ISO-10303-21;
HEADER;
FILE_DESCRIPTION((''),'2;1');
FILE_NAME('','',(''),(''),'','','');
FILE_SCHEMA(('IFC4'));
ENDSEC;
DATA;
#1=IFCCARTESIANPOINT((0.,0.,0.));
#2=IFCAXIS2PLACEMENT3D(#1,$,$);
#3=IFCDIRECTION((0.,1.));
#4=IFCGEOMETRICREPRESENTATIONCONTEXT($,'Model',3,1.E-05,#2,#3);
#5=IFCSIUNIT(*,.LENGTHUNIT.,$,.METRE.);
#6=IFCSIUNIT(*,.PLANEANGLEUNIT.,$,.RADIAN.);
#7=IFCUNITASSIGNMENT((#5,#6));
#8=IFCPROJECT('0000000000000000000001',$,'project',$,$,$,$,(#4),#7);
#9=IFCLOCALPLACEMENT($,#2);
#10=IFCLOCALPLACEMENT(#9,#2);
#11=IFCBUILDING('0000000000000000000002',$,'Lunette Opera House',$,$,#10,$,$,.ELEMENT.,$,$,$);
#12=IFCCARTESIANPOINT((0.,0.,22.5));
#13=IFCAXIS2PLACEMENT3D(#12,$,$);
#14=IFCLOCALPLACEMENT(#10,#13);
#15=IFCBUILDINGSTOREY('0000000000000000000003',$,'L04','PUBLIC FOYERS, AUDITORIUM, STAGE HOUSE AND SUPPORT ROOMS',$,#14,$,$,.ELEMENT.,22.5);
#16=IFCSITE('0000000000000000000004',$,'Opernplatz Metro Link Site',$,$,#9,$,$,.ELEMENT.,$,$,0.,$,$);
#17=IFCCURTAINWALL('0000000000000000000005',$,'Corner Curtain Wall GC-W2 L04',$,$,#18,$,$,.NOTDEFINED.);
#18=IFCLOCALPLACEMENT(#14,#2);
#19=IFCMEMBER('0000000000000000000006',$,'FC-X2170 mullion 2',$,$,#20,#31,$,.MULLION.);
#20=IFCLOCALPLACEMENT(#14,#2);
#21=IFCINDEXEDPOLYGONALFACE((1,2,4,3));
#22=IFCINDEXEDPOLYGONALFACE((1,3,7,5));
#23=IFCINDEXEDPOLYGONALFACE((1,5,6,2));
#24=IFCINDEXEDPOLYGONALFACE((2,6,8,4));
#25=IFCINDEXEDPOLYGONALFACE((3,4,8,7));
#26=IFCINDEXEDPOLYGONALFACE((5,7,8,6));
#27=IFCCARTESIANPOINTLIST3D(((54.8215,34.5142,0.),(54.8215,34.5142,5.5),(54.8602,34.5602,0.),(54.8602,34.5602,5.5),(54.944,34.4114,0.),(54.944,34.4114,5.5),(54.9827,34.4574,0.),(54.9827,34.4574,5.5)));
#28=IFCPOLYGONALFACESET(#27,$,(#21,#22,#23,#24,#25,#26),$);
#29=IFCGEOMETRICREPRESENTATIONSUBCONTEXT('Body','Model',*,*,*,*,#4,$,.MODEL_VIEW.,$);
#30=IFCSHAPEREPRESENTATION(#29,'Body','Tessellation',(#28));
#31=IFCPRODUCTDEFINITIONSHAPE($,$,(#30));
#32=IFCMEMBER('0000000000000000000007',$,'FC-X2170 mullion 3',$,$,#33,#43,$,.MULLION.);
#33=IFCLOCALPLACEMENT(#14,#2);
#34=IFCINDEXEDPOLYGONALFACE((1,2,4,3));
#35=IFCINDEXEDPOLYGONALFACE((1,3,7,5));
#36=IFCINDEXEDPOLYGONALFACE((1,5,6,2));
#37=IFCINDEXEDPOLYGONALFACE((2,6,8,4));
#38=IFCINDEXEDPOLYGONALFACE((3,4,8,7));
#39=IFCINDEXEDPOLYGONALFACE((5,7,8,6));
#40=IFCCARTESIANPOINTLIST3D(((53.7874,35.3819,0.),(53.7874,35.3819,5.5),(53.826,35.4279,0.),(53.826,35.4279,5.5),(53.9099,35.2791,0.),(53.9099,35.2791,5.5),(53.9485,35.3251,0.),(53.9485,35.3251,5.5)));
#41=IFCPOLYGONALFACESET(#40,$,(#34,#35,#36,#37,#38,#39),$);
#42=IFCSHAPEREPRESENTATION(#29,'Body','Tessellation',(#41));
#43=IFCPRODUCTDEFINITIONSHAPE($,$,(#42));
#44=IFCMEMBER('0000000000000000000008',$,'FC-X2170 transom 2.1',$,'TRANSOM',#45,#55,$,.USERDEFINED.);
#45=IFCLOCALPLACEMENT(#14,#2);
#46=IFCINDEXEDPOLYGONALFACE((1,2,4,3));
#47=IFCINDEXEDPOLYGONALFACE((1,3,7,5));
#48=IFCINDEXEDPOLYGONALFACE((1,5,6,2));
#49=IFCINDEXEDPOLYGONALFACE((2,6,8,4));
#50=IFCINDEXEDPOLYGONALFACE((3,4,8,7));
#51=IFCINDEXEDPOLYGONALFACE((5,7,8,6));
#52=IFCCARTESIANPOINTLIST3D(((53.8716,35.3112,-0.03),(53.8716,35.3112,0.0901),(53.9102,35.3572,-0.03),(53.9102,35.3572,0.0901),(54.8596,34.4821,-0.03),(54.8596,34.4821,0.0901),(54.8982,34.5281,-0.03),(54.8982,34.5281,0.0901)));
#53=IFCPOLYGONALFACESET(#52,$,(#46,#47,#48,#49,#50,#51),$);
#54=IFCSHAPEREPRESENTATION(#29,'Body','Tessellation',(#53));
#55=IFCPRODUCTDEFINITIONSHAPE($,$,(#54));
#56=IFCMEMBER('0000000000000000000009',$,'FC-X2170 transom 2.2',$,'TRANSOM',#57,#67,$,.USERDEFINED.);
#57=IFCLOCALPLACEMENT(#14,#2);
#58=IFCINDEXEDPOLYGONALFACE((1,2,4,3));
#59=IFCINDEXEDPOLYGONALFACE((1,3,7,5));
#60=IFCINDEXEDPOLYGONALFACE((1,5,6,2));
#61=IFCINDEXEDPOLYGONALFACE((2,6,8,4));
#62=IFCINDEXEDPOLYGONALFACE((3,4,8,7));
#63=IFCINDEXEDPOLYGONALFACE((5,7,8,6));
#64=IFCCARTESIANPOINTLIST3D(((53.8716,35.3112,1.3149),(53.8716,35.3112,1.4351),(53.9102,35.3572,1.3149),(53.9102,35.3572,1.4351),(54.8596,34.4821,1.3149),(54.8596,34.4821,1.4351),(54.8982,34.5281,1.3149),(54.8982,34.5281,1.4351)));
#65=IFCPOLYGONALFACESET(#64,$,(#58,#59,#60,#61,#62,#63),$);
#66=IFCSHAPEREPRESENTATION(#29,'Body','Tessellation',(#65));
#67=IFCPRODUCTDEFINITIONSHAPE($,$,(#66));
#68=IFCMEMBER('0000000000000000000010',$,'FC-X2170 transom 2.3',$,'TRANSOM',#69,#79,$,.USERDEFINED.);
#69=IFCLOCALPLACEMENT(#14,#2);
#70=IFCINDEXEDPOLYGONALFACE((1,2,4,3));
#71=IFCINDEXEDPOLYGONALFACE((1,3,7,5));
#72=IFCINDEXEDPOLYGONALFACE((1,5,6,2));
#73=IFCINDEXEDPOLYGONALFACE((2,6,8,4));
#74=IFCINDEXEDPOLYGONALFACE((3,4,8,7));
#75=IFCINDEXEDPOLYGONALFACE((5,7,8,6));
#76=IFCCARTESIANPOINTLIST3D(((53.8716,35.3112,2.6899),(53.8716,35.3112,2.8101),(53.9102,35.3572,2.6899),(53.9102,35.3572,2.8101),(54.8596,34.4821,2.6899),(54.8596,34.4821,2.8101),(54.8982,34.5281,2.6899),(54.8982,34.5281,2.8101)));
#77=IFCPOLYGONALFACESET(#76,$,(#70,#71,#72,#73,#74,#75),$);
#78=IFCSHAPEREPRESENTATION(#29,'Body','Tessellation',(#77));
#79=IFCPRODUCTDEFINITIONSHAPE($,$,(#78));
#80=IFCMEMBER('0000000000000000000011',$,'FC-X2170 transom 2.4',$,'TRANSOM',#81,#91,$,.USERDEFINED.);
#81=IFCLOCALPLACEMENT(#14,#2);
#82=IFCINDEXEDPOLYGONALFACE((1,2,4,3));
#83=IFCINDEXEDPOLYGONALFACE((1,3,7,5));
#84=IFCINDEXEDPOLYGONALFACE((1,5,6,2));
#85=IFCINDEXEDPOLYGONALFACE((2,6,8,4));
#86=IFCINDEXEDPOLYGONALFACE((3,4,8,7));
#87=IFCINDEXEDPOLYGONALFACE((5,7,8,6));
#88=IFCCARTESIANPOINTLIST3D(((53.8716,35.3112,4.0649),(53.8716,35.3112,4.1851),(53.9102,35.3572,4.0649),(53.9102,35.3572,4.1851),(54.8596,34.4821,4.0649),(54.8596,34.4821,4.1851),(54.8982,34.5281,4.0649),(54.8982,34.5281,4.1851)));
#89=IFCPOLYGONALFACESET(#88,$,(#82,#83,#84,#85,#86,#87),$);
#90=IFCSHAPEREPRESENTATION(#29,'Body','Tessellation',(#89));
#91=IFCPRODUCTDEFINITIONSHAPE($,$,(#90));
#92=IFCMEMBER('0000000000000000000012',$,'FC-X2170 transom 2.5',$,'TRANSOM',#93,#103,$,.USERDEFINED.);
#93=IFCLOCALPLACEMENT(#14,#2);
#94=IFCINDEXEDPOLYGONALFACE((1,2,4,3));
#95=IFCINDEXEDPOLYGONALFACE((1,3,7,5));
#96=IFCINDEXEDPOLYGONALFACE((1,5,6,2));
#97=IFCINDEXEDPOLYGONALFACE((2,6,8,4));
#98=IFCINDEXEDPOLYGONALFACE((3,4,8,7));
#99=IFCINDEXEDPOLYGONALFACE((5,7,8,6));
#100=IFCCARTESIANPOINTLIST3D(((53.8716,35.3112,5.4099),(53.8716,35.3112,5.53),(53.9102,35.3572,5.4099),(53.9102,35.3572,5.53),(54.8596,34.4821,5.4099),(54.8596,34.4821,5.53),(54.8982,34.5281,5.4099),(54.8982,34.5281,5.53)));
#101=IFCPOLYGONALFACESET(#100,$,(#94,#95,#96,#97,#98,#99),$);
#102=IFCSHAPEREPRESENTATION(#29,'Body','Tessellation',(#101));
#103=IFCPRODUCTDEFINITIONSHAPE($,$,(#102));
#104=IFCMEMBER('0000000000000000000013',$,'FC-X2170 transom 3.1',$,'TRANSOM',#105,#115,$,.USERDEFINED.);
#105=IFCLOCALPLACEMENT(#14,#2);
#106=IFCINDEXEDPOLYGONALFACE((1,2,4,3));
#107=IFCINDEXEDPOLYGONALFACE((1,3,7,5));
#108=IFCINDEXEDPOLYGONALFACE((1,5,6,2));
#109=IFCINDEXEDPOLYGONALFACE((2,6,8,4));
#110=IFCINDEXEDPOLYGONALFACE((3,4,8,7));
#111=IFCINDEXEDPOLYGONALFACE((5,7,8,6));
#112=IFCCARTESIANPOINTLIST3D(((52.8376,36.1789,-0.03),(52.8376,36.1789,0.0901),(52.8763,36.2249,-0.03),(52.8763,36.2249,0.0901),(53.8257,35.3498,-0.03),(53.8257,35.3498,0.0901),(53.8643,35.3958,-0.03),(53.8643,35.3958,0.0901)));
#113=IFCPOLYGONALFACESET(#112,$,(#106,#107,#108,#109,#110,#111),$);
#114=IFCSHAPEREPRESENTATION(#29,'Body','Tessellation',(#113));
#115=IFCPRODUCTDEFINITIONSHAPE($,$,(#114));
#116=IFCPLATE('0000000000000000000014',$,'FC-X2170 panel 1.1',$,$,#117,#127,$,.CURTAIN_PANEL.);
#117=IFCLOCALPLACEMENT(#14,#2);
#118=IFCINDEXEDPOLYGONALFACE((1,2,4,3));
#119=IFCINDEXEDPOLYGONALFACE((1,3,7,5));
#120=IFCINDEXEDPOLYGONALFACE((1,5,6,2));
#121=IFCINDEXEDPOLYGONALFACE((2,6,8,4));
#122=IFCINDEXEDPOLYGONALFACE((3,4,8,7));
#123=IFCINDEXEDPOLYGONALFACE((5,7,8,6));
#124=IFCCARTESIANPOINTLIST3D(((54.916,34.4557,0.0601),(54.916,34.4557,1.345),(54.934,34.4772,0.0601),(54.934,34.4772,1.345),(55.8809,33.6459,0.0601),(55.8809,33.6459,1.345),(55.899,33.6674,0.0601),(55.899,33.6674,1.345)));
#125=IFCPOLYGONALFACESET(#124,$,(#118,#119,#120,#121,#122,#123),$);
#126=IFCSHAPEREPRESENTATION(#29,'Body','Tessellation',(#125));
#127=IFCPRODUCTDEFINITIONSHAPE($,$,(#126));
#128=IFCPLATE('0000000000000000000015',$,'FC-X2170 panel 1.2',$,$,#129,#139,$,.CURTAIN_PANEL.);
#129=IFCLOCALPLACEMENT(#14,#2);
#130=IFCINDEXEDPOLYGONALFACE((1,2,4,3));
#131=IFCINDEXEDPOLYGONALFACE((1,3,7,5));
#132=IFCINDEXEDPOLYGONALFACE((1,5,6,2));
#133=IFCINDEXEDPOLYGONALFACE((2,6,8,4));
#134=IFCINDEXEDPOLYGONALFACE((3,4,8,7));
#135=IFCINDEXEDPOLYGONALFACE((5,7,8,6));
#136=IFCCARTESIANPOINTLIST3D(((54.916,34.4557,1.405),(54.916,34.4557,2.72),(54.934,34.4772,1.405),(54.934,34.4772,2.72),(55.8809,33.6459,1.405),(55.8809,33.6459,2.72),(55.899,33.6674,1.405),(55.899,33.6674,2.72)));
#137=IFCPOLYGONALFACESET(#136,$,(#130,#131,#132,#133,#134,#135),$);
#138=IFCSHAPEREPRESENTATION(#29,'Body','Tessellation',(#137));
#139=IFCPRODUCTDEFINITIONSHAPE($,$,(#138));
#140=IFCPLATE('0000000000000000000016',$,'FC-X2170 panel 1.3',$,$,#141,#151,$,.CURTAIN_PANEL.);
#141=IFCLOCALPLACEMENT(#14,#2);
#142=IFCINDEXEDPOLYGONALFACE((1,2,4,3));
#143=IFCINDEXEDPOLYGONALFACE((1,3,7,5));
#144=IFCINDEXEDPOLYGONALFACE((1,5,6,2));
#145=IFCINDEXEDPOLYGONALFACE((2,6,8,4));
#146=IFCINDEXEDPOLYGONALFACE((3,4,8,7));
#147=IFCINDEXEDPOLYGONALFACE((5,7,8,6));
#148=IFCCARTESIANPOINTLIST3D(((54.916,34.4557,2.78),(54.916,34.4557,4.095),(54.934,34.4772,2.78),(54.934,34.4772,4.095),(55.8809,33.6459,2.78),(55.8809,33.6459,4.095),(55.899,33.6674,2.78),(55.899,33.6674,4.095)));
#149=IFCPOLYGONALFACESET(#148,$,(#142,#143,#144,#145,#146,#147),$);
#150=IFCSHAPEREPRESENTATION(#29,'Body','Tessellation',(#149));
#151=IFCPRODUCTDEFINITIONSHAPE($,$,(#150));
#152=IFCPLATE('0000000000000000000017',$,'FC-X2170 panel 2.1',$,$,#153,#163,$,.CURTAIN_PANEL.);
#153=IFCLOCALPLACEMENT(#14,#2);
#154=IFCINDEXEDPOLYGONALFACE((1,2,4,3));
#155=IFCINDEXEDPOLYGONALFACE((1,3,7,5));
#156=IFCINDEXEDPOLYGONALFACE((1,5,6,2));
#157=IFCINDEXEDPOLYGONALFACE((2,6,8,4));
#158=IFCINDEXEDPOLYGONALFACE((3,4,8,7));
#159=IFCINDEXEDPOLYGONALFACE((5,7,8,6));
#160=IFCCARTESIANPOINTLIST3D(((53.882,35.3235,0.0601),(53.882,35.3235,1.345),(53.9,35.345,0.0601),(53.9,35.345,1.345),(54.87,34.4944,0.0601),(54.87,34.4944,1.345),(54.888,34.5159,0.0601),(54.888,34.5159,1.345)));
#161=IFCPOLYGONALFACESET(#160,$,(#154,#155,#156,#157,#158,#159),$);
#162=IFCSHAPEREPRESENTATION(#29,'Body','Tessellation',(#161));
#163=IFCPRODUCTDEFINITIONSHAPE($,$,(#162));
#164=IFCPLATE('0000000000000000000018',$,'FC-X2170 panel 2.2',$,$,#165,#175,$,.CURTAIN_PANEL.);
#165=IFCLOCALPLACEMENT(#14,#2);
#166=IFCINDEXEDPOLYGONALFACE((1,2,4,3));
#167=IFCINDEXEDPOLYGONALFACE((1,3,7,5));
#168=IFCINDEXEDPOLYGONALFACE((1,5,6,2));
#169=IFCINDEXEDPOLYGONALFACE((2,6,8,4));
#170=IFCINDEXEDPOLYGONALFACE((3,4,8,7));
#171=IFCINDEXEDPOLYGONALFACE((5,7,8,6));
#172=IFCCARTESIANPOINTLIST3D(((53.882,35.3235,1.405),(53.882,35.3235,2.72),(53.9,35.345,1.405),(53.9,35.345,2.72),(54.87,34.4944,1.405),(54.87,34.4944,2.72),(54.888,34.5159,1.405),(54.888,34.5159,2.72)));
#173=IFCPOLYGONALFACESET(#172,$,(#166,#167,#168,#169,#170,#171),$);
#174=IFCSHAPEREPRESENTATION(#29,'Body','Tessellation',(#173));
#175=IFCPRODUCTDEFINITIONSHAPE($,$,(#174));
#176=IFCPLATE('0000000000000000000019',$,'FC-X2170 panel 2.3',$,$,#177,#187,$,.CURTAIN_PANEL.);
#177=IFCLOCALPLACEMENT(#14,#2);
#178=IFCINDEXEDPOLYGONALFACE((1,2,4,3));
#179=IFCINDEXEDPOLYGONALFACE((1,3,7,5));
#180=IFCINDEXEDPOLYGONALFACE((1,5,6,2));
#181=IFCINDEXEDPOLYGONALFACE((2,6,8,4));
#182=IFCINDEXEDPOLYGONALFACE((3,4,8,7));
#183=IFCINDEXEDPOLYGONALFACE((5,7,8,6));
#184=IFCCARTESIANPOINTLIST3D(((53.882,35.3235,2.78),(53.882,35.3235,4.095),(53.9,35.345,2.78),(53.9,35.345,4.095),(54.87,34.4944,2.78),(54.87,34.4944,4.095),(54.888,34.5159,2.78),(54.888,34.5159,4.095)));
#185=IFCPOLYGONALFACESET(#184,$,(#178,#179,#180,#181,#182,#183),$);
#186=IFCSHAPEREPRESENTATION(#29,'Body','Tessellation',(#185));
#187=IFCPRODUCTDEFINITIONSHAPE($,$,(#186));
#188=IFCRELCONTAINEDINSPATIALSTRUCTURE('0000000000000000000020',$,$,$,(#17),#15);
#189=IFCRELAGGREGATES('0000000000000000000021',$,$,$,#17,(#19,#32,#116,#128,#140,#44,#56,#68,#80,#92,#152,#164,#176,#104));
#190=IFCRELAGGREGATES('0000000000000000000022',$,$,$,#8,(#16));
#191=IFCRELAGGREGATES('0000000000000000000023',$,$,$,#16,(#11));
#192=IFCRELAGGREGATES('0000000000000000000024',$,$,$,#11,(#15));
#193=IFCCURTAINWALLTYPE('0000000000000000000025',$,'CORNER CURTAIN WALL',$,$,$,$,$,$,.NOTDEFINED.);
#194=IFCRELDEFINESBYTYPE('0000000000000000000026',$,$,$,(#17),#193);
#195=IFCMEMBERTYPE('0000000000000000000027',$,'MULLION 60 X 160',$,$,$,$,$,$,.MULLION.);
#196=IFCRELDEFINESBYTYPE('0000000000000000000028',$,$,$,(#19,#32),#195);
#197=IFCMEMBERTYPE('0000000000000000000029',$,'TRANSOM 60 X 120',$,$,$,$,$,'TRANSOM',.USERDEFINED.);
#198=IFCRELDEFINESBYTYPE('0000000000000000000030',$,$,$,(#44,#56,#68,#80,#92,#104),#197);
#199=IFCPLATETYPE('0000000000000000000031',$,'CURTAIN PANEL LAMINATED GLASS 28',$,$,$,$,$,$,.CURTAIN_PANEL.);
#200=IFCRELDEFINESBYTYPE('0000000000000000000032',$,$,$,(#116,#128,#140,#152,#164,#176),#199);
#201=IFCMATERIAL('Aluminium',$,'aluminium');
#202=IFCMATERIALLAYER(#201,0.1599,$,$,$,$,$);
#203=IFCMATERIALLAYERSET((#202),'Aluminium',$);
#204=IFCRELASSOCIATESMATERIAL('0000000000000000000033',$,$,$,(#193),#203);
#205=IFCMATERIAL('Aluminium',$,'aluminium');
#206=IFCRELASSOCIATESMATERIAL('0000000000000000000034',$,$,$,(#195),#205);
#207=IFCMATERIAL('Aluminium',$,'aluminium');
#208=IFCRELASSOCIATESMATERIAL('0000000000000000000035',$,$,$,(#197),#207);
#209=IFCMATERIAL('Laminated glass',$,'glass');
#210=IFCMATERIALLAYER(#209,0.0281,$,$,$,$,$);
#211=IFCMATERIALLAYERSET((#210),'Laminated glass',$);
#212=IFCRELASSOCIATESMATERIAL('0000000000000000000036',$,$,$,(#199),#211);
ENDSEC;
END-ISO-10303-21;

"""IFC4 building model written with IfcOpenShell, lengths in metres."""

from ifc_helpers import new_model, si_unit, direction, frame, origin, origin_2d, place, context, subcontext, project, spatial, rectangle, extrude, material, layer, layer_set, material_profile, profile_set, type_object, element, aggregate, save


model = new_model("IFC4")

# Units and contexts
model_context = context("Model", 3, precision=1e-05, world=origin(), true_north=direction((0.0, 1.0)))
body_context = subcontext(model_context, "Body", "Model", "MODEL_VIEW")
ifc_project = project(units=[si_unit("LENGTHUNIT", "METRE"), si_unit("PLANEANGLEUNIT", "RADIAN")], contexts=[model_context])

# Site, building, storey
site_placement = place(None, origin())
site = spatial("IfcSite", under=ifc_project, at=site_placement, Name="Opernplatz Metro Link Site", CompositionType="ELEMENT", RefElevation=0.0)
building_placement = place(site_placement, origin())
building = spatial("IfcBuilding", under=site, at=building_placement, Name="Lunette Opera House", CompositionType="ELEMENT")
storey_placement = place(building_placement, frame((0.0, 0.0, 22.5)))
storey = spatial("IfcBuildingStorey", under=building, at=storey_placement, Name="L04", Description="PUBLIC FOYERS, AUDITORIUM, STAGE HOUSE AND SUPPORT ROOMS", CompositionType="ELEMENT", Elevation=22.5)

# Curtain wall, members, plates
ifc_material_1 = material(Name="Aluminium", Category="aluminium")
ifc_layer_1 = layer(ifc_material_1, 0.1599)
ifc_layer_set_1 = layer_set([ifc_layer_1], Name="Aluminium")
curtain_wall_type = type_object("IfcCurtainWallType", Name="CORNER CURTAIN WALL", PredefinedType="NOTDEFINED", material=ifc_layer_set_1)
curtain_wall_placement = place(storey_placement, origin())
curtain_wall = element("IfcCurtainWall", 1, at=curtain_wall_placement, inside=storey, type_object=curtain_wall_type, Name="Corner Curtain Wall GC-W2 L04", PredefinedType="NOTDEFINED")
ifc_material_2 = material(Name="Aluminium", Category="aluminium")
ifc_material_profile_1 = material_profile(ifc_material_2, rectangle(XDim=0.0601, YDim=0.1599, at=origin_2d()), Name="MULLION 60 X 160")
ifc_profile_set_1 = profile_set([ifc_material_profile_1], Name="Aluminium")
member_type_1 = type_object("IfcMemberType", Name="MULLION 60 X 160", PredefinedType="MULLION", material=ifc_profile_set_1)
member_1_placement = place(storey_placement, frame((54.9021, 34.4858, 0.0), z_axis=(0.0, 0.0, 1.0), x_axis=(-0.64284, -0.766, 0.0)))
member_1 = element("IfcMember", 2, at=member_1_placement, type_object=member_type_1, Name="FC-X2170 mullion 2", PredefinedType="MULLION", context=body_context, shape_type="SweptSolid", body=[
    extrude(rectangle(XDim=0.0601, YDim=0.1599, at=origin_2d()), origin(), (0.0, 0.0, 1.0), 5.5),
])
member_2_placement = place(storey_placement, frame((53.8679, 35.3535, 0.0), z_axis=(0.0, 0.0, 1.0), x_axis=(-0.64284, -0.766, 0.0)))
member_2 = element("IfcMember", 3, at=member_2_placement, type_object=member_type_1, Name="FC-X2170 mullion 3", PredefinedType="MULLION", context=body_context, shape_type="SweptSolid", body=[
    extrude(rectangle(XDim=0.0601, YDim=0.1599, at=origin_2d()), origin(), (0.0, 0.0, 1.0), 5.5),
])
ifc_material_3 = material(Name="Aluminium", Category="aluminium")
ifc_material_profile_2 = material_profile(ifc_material_3, rectangle(XDim=0.0601, YDim=0.1201, at=origin_2d()), Name="TRANSOM 60 X 120")
ifc_profile_set_2 = profile_set([ifc_material_profile_2], Name="Aluminium")
member_type_2 = type_object("IfcMemberType", Name="TRANSOM 60 X 120", ElementType="TRANSOM", PredefinedType="USERDEFINED", material=ifc_profile_set_2)
member_3_placement = place(storey_placement, frame((54.8789, 34.5051, 0.03), z_axis=(-0.766029, 0.642806, 0.0), x_axis=(-0.642806, -0.766029, 0.0)))
member_3 = element("IfcMember", 4, at=member_3_placement, type_object=member_type_2, Name="FC-X2170 transom 2.1", ObjectType="TRANSOM", PredefinedType="USERDEFINED", context=body_context, shape_type="SweptSolid", body=[
    extrude(rectangle(XDim=0.0601, YDim=0.1201, at=origin_2d()), origin(), (0.0, 0.0, 1.0), 1.2898),
])
member_4_placement = place(storey_placement, frame((54.8789, 34.5051, 1.375), z_axis=(-0.766029, 0.642806, 0.0), x_axis=(-0.642806, -0.766029, 0.0)))
member_4 = element("IfcMember", 5, at=member_4_placement, type_object=member_type_2, Name="FC-X2170 transom 2.2", ObjectType="TRANSOM", PredefinedType="USERDEFINED", context=body_context, shape_type="SweptSolid", body=[
    extrude(rectangle(XDim=0.0601, YDim=0.1201, at=origin_2d()), origin(), (0.0, 0.0, 1.0), 1.2898),
])
member_5_placement = place(storey_placement, frame((54.8789, 34.5051, 2.75), z_axis=(-0.766029, 0.642806, 0.0), x_axis=(-0.642806, -0.766029, 0.0)))
member_5 = element("IfcMember", 6, at=member_5_placement, type_object=member_type_2, Name="FC-X2170 transom 2.3", ObjectType="TRANSOM", PredefinedType="USERDEFINED", context=body_context, shape_type="SweptSolid", body=[
    extrude(rectangle(XDim=0.0601, YDim=0.1201, at=origin_2d()), origin(), (0.0, 0.0, 1.0), 1.2898),
])
member_6_placement = place(storey_placement, frame((54.8789, 34.5051, 4.125), z_axis=(-0.766029, 0.642806, 0.0), x_axis=(-0.642806, -0.766029, 0.0)))
member_6 = element("IfcMember", 7, at=member_6_placement, type_object=member_type_2, Name="FC-X2170 transom 2.4", ObjectType="TRANSOM", PredefinedType="USERDEFINED", context=body_context, shape_type="SweptSolid", body=[
    extrude(rectangle(XDim=0.0601, YDim=0.1201, at=origin_2d()), origin(), (0.0, 0.0, 1.0), 1.2898),
])
member_7_placement = place(storey_placement, frame((54.8789, 34.5051, 5.47), z_axis=(-0.766029, 0.642806, 0.0), x_axis=(-0.642806, -0.766029, 0.0)))
member_7 = element("IfcMember", 8, at=member_7_placement, type_object=member_type_2, Name="FC-X2170 transom 2.5", ObjectType="TRANSOM", PredefinedType="USERDEFINED", context=body_context, shape_type="SweptSolid", body=[
    extrude(rectangle(XDim=0.0601, YDim=0.1201, at=origin_2d()), origin(), (0.0, 0.0, 1.0), 1.2898),
])
member_8_placement = place(storey_placement, frame((53.845, 35.3728, 0.03), z_axis=(-0.766029, 0.642806, 0.0), x_axis=(-0.642806, -0.766029, 0.0)))
member_8 = element("IfcMember", 9, at=member_8_placement, type_object=member_type_2, Name="FC-X2170 transom 3.1", ObjectType="TRANSOM", PredefinedType="USERDEFINED", context=body_context, shape_type="SweptSolid", body=[
    extrude(rectangle(XDim=0.0601, YDim=0.1201, at=origin_2d()), origin(), (0.0, 0.0, 1.0), 1.2898),
])
ifc_material_4 = material(Name="Laminated glass", Category="glass")
ifc_layer_2 = layer(ifc_material_4, 0.0281)
ifc_layer_set_2 = layer_set([ifc_layer_2], Name="Laminated glass")
plate_type = type_object("IfcPlateType", Name="CURTAIN PANEL LAMINATED GLASS 28", PredefinedType="CURTAIN_PANEL", material=ifc_layer_set_2)
plate_1_placement = place(storey_placement, frame((55.4075, 34.0615, 0.0601), z_axis=(0.0, 0.0, 1.0), x_axis=(-0.766, 0.64284, 0.0)))
plate_1 = element("IfcPlate", 10, at=plate_1_placement, type_object=plate_type, Name="FC-X2170 panel 1.1", PredefinedType="CURTAIN_PANEL", context=body_context, shape_type="SweptSolid", body=[
    extrude(rectangle(XDim=1.2598, YDim=0.0281, at=origin_2d()), origin(), (0.0, 0.0, 1.0), 1.2849),
])
plate_2_placement = place(storey_placement, frame((55.4075, 34.0615, 1.405), z_axis=(0.0, 0.0, 1.0), x_axis=(-0.766, 0.64284, 0.0)))
plate_2 = element("IfcPlate", 11, at=plate_2_placement, type_object=plate_type, Name="FC-X2170 panel 1.2", PredefinedType="CURTAIN_PANEL", context=body_context, shape_type="SweptSolid", body=[
    extrude(rectangle(XDim=1.2598, YDim=0.0281, at=origin_2d()), origin(), (0.0, 0.0, 1.0), 1.3149),
])
plate_3_placement = place(storey_placement, frame((55.4075, 34.0615, 2.78), z_axis=(0.0, 0.0, 1.0), x_axis=(-0.766, 0.64284, 0.0)))
plate_3 = element("IfcPlate", 12, at=plate_3_placement, type_object=plate_type, Name="FC-X2170 panel 1.3", PredefinedType="CURTAIN_PANEL", context=body_context, shape_type="SweptSolid", body=[
    extrude(rectangle(XDim=1.2598, YDim=0.0281, at=origin_2d()), origin(), (0.0, 0.0, 1.0), 1.3149),
])
plate_4_placement = place(storey_placement, frame((54.385, 34.9197, 0.0601), z_axis=(0.0, 0.0, 1.0), x_axis=(-0.766, 0.64284, 0.0)))
plate_4 = element("IfcPlate", 13, at=plate_4_placement, type_object=plate_type, Name="FC-X2170 panel 2.1", PredefinedType="CURTAIN_PANEL", context=body_context, shape_type="SweptSolid", body=[
    extrude(rectangle(XDim=1.2898, YDim=0.0281, at=origin_2d()), origin(), (0.0, 0.0, 1.0), 1.2849),
])
plate_5_placement = place(storey_placement, frame((54.385, 34.9197, 1.405), z_axis=(0.0, 0.0, 1.0), x_axis=(-0.766, 0.64284, 0.0)))
plate_5 = element("IfcPlate", 14, at=plate_5_placement, type_object=plate_type, Name="FC-X2170 panel 2.2", PredefinedType="CURTAIN_PANEL", context=body_context, shape_type="SweptSolid", body=[
    extrude(rectangle(XDim=1.2898, YDim=0.0281, at=origin_2d()), origin(), (0.0, 0.0, 1.0), 1.3149),
])
plate_6_placement = place(storey_placement, frame((54.385, 34.9197, 2.78), z_axis=(0.0, 0.0, 1.0), x_axis=(-0.766, 0.64284, 0.0)))
plate_6 = element("IfcPlate", 15, at=plate_6_placement, type_object=plate_type, Name="FC-X2170 panel 2.3", PredefinedType="CURTAIN_PANEL", context=body_context, shape_type="SweptSolid", body=[
    extrude(rectangle(XDim=1.2898, YDim=0.0281, at=origin_2d()), origin(), (0.0, 0.0, 1.0), 1.3149),
])
aggregate(curtain_wall, [member_1, member_2, plate_1, plate_2, plate_3, member_3, member_4, member_5, member_6, member_7, plate_4, plate_5, plate_6, member_8])

save(model, "model.ifc")
